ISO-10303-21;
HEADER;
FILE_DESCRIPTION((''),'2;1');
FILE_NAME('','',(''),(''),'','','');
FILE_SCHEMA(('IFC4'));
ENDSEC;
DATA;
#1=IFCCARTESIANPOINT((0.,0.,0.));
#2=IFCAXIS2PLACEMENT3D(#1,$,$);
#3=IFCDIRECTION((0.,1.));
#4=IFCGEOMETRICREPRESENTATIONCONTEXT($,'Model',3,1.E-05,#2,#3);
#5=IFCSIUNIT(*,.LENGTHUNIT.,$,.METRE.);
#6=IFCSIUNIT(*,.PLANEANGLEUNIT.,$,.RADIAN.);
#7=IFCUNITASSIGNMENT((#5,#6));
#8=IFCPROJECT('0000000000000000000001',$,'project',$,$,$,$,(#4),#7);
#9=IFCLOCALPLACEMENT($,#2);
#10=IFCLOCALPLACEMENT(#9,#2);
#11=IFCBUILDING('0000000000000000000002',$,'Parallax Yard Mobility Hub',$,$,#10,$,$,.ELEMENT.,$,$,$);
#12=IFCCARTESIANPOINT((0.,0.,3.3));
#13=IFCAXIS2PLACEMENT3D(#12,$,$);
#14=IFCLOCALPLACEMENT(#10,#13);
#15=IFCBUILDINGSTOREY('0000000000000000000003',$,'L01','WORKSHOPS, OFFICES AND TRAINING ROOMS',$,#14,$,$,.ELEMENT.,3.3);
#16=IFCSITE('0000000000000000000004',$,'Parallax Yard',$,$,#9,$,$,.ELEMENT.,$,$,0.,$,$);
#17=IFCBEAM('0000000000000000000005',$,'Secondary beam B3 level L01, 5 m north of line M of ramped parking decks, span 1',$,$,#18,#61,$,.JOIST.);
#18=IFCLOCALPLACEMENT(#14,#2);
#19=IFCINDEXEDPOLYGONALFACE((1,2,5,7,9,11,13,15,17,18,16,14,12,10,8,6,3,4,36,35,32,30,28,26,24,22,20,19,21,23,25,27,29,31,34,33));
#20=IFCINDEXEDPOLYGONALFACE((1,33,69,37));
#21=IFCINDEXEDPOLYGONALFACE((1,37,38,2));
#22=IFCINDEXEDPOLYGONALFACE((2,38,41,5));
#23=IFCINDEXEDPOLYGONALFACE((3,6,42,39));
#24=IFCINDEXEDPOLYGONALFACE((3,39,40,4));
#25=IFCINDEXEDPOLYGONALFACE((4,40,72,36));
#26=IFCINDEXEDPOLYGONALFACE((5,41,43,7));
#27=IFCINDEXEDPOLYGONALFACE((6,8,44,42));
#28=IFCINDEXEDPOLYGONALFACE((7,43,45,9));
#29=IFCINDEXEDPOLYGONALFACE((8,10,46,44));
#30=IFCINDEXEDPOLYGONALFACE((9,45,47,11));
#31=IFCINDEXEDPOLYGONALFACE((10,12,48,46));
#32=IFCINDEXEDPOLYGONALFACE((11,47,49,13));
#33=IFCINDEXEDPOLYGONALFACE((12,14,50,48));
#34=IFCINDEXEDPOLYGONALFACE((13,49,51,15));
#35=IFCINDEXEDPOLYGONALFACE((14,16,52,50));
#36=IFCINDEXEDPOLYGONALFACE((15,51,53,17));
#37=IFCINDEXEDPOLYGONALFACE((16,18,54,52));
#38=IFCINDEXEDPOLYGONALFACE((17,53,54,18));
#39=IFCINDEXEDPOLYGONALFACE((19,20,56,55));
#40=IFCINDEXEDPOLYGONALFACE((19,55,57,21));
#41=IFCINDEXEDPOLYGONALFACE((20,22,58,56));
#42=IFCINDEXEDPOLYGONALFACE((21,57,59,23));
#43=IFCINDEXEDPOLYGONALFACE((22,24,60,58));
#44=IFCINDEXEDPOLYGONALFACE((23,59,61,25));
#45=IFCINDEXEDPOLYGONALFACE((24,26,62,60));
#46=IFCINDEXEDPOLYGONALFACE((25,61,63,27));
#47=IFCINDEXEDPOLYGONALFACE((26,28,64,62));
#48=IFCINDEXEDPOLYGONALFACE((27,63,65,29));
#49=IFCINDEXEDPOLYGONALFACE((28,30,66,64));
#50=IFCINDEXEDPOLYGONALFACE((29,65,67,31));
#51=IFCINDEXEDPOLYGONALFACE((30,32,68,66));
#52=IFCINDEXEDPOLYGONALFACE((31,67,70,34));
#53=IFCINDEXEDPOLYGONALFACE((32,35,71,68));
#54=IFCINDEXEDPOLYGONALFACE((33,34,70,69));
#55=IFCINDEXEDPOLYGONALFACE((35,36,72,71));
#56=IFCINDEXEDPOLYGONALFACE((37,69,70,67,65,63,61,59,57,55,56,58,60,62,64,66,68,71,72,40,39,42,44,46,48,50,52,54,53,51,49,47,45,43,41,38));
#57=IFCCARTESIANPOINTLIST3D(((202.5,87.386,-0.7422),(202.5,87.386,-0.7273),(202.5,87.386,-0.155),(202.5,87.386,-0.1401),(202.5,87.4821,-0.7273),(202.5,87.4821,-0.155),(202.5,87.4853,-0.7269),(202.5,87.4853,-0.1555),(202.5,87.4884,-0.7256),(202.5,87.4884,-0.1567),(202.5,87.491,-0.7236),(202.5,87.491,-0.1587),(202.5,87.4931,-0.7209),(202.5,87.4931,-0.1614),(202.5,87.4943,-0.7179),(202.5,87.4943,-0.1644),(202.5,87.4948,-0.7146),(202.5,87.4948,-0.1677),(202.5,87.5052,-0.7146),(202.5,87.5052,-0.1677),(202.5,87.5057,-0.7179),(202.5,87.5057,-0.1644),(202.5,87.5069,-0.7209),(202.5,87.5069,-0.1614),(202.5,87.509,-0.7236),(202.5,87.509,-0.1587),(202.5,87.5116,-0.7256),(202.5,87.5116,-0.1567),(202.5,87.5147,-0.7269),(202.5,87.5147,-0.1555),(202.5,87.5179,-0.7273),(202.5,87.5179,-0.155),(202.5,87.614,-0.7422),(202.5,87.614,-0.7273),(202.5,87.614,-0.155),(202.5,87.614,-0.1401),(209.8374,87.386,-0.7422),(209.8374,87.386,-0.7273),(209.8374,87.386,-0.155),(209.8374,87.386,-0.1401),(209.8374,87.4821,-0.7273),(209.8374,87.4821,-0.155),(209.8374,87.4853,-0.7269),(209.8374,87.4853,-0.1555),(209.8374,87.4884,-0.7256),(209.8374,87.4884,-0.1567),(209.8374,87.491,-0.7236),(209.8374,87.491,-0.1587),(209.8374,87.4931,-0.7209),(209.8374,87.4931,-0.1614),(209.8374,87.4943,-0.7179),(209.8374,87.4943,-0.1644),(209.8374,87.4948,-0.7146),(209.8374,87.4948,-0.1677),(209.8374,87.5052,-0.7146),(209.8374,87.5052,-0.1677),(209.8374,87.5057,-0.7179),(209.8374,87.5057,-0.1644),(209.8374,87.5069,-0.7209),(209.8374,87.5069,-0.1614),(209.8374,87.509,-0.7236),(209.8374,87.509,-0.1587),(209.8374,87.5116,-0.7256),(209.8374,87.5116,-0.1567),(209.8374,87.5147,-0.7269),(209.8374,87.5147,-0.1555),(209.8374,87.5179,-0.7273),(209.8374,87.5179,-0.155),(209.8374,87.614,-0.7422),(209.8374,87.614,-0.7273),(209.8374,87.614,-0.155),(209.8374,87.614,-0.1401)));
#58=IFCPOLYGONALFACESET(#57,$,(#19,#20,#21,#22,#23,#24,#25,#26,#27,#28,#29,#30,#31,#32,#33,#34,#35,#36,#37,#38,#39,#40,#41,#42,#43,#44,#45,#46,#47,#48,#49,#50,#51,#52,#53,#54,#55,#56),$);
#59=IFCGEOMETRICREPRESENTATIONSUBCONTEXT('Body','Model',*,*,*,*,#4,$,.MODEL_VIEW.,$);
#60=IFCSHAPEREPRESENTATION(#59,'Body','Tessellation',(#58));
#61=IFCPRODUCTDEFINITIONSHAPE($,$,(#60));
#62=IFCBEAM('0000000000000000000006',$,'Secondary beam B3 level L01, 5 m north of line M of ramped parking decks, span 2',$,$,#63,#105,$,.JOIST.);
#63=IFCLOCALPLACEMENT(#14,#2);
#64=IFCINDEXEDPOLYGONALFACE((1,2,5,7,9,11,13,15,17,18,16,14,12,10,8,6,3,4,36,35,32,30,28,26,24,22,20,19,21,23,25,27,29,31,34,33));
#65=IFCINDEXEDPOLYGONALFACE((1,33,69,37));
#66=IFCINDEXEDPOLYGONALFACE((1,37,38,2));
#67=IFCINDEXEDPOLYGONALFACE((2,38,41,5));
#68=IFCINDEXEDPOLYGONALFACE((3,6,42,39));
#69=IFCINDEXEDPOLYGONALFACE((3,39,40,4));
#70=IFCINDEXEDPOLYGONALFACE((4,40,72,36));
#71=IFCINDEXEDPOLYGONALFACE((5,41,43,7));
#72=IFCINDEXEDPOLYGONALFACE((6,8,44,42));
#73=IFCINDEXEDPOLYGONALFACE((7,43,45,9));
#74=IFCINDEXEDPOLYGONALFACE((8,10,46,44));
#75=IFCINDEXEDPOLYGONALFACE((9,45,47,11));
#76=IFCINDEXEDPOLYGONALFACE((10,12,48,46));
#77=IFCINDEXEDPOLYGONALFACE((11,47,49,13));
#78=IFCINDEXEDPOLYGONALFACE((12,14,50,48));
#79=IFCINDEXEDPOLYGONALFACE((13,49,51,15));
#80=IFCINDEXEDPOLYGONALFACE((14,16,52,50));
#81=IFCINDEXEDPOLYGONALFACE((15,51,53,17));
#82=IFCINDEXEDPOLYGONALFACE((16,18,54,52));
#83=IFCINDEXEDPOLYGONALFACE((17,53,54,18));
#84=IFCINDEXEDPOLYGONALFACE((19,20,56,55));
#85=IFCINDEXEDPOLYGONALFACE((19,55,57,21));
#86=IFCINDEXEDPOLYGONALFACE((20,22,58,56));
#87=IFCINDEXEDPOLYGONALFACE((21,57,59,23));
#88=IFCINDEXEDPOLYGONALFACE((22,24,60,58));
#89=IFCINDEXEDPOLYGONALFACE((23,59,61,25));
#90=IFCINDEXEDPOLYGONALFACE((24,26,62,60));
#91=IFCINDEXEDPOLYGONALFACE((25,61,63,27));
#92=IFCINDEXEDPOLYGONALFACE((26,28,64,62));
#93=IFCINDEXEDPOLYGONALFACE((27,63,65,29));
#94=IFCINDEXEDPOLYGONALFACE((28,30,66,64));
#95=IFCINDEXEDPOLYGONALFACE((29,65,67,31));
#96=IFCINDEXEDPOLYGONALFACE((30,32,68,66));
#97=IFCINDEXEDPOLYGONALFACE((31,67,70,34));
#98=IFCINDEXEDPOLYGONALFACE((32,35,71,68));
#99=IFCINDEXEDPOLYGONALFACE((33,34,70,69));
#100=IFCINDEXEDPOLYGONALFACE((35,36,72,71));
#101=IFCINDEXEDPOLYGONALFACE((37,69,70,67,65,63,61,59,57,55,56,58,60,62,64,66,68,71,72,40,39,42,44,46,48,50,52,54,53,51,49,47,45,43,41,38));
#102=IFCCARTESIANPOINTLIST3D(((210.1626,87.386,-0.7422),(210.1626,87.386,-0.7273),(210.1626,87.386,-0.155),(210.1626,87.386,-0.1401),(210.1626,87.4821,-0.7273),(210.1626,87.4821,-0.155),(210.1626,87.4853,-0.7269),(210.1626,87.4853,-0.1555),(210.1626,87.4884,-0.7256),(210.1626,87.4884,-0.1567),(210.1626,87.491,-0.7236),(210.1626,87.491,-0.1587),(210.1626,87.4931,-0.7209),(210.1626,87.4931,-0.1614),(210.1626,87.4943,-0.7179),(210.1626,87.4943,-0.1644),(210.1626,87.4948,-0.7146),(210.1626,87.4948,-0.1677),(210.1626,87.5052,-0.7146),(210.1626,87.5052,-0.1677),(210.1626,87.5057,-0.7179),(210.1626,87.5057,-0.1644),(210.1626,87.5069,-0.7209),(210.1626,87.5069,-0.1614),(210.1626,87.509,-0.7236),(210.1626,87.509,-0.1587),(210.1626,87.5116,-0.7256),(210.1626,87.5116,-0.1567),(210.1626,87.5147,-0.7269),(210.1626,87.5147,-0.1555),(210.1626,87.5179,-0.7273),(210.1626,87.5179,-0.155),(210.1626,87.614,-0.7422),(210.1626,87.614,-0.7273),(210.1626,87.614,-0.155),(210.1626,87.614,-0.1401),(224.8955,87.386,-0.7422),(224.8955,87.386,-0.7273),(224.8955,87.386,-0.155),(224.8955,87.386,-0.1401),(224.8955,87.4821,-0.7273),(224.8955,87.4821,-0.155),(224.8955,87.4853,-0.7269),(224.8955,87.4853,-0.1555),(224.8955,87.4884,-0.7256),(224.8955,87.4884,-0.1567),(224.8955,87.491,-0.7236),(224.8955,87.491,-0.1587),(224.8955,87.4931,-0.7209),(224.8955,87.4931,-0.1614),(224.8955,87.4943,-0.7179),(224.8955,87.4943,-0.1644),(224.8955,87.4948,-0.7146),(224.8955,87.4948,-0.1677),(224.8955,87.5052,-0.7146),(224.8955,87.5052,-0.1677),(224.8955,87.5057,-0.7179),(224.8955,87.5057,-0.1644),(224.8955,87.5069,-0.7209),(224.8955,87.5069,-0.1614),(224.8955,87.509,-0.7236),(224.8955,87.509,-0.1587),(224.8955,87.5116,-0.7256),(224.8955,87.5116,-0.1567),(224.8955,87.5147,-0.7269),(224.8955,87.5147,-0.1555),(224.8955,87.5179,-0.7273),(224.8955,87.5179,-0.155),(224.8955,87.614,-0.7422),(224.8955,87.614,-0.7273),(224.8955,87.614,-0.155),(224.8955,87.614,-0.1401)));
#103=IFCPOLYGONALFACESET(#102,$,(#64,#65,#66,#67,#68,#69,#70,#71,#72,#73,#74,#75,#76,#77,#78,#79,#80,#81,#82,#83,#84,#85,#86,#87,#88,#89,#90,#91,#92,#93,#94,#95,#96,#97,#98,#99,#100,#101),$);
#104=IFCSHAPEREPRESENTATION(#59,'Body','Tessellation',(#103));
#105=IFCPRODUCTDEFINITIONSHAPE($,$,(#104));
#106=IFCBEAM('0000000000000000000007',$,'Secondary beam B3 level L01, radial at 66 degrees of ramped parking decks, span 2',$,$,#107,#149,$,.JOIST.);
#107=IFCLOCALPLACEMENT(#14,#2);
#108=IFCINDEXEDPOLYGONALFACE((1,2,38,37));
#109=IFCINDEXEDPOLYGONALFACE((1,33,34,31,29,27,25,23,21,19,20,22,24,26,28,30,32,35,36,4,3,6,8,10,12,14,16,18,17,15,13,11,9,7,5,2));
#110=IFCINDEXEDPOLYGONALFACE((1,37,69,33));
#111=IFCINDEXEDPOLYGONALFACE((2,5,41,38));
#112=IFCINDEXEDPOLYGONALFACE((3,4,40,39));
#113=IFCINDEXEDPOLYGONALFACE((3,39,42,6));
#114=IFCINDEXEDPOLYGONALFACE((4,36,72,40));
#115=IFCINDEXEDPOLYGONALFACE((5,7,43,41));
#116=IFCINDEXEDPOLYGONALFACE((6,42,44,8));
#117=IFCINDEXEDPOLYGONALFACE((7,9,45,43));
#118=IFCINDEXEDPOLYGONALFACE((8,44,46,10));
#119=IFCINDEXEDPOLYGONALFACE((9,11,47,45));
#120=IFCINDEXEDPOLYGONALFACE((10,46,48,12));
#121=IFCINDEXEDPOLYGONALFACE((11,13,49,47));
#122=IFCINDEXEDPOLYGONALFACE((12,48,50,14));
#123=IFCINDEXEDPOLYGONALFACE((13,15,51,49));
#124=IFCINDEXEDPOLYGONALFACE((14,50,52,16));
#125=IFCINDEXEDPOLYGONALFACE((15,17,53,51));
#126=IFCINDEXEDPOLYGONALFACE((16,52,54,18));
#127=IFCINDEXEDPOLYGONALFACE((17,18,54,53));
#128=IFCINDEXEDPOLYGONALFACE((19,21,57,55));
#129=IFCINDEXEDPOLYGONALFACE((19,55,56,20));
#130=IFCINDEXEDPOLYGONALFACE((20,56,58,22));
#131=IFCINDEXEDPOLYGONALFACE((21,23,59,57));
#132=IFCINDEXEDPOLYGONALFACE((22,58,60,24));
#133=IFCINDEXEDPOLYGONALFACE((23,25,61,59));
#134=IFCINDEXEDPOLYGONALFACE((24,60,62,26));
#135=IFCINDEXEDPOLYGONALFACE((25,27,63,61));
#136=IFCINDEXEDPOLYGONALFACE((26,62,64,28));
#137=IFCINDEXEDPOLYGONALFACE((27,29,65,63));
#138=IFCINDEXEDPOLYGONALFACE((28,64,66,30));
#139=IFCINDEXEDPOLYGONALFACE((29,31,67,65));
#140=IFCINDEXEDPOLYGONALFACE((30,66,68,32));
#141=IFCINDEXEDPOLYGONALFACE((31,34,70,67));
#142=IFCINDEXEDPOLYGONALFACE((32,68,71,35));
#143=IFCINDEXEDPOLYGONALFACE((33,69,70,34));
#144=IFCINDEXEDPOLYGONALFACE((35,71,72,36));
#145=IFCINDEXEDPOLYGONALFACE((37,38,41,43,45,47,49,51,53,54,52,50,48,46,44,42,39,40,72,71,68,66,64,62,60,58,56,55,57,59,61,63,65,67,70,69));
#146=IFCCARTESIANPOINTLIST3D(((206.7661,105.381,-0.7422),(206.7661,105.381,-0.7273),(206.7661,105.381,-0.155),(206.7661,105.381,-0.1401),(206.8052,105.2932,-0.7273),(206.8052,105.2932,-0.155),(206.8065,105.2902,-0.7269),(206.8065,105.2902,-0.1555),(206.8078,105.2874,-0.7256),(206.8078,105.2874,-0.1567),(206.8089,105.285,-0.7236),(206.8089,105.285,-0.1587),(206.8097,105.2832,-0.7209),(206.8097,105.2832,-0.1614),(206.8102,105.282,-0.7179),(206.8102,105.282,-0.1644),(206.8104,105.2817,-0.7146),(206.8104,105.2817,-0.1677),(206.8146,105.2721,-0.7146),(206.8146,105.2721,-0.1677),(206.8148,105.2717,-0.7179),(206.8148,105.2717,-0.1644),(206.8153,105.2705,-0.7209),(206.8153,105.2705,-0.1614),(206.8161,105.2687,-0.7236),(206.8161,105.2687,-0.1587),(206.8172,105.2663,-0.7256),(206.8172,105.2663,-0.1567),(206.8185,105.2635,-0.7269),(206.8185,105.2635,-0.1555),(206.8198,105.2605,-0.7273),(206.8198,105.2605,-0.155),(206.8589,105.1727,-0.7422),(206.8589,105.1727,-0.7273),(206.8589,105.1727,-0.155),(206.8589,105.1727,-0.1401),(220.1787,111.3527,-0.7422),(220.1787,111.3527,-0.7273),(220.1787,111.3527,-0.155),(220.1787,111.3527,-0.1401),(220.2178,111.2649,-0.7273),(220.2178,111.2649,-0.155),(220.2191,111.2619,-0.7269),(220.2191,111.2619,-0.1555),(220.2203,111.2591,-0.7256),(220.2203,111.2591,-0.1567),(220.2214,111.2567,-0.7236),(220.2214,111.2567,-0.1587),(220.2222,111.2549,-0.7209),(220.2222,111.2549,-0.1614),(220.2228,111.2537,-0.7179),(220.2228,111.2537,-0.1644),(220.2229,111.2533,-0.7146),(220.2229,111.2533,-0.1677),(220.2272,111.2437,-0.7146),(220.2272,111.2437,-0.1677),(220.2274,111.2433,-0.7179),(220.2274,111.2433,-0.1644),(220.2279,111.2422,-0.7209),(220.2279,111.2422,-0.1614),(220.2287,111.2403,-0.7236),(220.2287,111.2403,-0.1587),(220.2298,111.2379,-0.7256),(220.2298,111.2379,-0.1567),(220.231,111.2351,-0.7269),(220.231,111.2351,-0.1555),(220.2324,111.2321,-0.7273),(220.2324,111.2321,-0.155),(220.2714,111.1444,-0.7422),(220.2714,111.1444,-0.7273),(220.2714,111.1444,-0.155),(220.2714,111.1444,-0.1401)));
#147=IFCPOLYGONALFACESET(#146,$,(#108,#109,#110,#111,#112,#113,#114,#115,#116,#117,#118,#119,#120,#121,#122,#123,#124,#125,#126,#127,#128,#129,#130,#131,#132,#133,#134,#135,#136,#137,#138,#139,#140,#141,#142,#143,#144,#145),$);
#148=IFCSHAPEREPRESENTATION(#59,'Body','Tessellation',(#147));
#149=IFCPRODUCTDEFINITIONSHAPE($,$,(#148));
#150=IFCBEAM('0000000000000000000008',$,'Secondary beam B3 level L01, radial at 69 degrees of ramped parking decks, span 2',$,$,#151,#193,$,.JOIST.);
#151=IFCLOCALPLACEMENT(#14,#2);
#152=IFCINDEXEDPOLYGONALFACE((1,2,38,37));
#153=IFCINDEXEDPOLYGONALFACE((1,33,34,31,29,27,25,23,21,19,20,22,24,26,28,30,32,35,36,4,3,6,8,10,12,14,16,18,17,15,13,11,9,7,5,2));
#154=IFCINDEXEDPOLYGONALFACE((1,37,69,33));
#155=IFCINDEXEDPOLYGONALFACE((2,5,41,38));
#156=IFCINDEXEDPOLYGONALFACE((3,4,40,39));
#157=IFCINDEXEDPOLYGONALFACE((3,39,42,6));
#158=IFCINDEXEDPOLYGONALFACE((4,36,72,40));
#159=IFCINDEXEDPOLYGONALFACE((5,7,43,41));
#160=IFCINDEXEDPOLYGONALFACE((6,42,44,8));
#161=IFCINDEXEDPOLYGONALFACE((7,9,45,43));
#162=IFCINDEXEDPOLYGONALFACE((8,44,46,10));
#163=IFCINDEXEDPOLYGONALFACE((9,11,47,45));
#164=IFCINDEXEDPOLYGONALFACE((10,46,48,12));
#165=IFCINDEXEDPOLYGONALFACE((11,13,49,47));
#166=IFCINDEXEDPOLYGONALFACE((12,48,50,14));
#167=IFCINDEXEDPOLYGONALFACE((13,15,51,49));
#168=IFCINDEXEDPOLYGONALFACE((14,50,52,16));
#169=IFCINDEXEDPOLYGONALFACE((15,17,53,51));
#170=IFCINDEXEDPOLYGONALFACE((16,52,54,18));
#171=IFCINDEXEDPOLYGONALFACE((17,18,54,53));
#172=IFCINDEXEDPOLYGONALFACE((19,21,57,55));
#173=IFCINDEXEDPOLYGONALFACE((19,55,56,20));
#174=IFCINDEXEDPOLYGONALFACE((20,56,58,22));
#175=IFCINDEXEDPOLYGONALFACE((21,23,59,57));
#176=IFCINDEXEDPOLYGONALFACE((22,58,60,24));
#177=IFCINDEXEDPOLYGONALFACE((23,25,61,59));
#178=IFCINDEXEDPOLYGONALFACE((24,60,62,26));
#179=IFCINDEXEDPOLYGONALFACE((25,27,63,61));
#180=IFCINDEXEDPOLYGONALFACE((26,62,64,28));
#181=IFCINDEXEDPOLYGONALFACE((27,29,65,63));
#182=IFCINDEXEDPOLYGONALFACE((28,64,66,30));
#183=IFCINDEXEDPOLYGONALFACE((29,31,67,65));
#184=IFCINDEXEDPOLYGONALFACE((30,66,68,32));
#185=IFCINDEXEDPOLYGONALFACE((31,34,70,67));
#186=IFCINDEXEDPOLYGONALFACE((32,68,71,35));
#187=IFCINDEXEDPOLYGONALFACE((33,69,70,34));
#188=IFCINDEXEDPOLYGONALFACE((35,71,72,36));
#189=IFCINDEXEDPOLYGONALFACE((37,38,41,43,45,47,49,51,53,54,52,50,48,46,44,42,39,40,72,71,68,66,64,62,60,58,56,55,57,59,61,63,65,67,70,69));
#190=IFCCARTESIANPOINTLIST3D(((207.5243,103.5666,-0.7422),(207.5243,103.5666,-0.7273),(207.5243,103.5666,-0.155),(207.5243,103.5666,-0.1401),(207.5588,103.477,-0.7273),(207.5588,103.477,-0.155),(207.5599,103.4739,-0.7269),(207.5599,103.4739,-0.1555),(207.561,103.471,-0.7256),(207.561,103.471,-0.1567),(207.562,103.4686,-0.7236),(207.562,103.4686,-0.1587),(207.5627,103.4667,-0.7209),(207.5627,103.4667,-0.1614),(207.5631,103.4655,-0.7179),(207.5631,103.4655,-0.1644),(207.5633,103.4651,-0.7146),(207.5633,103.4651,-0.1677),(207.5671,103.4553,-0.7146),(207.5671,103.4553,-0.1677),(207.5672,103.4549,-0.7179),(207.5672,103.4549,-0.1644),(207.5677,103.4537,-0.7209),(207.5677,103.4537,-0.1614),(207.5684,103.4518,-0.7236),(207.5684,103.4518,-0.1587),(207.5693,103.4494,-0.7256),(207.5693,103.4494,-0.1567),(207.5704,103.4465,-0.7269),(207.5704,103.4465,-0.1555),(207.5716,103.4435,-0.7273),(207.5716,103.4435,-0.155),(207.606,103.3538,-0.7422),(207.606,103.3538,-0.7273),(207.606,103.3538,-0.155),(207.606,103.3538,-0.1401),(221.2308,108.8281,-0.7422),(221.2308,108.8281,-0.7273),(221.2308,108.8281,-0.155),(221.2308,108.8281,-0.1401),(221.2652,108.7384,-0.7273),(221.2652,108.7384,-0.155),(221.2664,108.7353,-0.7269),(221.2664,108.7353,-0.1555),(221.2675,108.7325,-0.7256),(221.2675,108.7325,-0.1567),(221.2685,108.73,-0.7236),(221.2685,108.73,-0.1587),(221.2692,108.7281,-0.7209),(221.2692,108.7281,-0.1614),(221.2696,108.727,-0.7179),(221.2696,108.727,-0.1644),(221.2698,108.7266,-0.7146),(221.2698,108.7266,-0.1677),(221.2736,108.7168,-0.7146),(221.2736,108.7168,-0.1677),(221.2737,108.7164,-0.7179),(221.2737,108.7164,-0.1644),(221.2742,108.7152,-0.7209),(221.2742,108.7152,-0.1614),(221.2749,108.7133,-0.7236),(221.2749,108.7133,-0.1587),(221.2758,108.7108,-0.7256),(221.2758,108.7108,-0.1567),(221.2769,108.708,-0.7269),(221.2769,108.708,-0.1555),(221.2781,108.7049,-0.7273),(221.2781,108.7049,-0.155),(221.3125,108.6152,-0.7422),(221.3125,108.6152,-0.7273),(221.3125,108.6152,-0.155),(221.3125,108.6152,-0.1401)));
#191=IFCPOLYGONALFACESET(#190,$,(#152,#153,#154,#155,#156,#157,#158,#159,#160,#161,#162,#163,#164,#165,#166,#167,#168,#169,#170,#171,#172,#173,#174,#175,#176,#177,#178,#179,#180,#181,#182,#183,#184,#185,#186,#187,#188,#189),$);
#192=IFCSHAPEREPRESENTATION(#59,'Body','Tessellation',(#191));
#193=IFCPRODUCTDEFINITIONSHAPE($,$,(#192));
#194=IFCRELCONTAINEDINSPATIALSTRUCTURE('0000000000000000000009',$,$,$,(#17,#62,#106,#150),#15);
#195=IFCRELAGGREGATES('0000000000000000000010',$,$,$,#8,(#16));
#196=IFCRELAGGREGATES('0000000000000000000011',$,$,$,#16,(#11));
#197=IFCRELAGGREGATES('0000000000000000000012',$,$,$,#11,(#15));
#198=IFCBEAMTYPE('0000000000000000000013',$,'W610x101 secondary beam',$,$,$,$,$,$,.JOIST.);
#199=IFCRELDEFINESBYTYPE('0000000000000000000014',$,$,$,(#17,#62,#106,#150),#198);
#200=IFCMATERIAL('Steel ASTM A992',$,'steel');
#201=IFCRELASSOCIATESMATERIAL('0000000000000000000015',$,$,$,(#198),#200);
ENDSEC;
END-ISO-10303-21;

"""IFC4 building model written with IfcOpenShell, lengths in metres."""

from ifc_helpers import new_model, si_unit, direction, frame, origin, origin_2d, place, context, subcontext, project, spatial, i_section, extrude, material, material_profile, profile_set, type_object, element, save


model = new_model("IFC4")

# Units and contexts
model_context = context("Model", 3, precision=1e-05, world=origin(), true_north=direction((0.0, 1.0)))
body_context = subcontext(model_context, "Body", "Model", "MODEL_VIEW")
ifc_project = project(units=[si_unit("LENGTHUNIT", "METRE"), si_unit("PLANEANGLEUNIT", "RADIAN")], contexts=[model_context])

# Site, building, storey
site_placement = place(None, origin())
site = spatial("IfcSite", under=ifc_project, at=site_placement, Name="Parallax Yard", CompositionType="ELEMENT", RefElevation=0.0)
building_placement = place(site_placement, origin())
building = spatial("IfcBuilding", under=site, at=building_placement, Name="Parallax Yard Mobility Hub", CompositionType="ELEMENT")
storey_placement = place(building_placement, frame((0.0, 0.0, 3.3)))
storey = spatial("IfcBuildingStorey", under=building, at=storey_placement, Name="L01", Description="WORKSHOPS, OFFICES AND TRAINING ROOMS", CompositionType="ELEMENT", Elevation=3.3)

# Shared definitions
ifc_material_1 = material(Name="Steel ASTM A992", Category="steel")

# Beams
ifc_material_profile_1 = material_profile(ifc_material_1, i_section(OverallWidth=0.228, OverallDepth=0.6021, WebThickness=0.0105, FlangeThickness=0.0149, FilletRadius=0.0127, at=origin_2d()), Name="W610x101")
ifc_profile_set_1 = profile_set([ifc_material_profile_1], Name="Steel ASTM A992")
beam_type_1 = type_object("IfcBeamType", Name="W610x101 secondary beam", PredefinedType="JOIST", material=ifc_profile_set_1)
beam_1_placement = place(storey_placement, frame((202.5, 87.5, -0.4412), z_axis=(1.0, 0.0, 0.0), x_axis=(0.0, 1.0, 0.0)))
element("IfcBeam", 1, at=beam_1_placement, inside=storey, type_object=beam_type_1, Name="Secondary beam B3 level L01, 5 m north of line M of ramped parking decks, span 1", PredefinedType="JOIST", context=body_context, shape_type="SweptSolid", body=[
    extrude(i_section(OverallWidth=0.228, OverallDepth=0.6021, WebThickness=0.0105, FlangeThickness=0.0149, FilletRadius=0.0127, at=origin_2d()), origin(), (0.0, 0.0, 1.0), 7.3374),
])
beam_2_placement = place(storey_placement, frame((210.1626, 87.5, -0.4412), z_axis=(1.0, 0.0, 0.0), x_axis=(0.0, 1.0, 0.0)))
element("IfcBeam", 2, at=beam_2_placement, inside=storey, type_object=beam_type_1, Name="Secondary beam B3 level L01, 5 m north of line M of ramped parking decks, span 2", PredefinedType="JOIST", context=body_context, shape_type="SweptSolid", body=[
    extrude(i_section(OverallWidth=0.228, OverallDepth=0.6021, WebThickness=0.0105, FlangeThickness=0.0149, FilletRadius=0.0127, at=origin_2d()), origin(), (0.0, 0.0, 1.0), 14.7329),
])
beam_3_placement = place(storey_placement, frame((206.8125, 105.2769, -0.4412), z_axis=(0.913545, 0.406737, 0.0), x_axis=(-0.406737, 0.913545, 0.0)))
element("IfcBeam", 3, at=beam_3_placement, inside=storey, type_object=beam_type_1, Name="Secondary beam B3 level L01, radial at 66 degrees of ramped parking decks, span 2", PredefinedType="JOIST", context=body_context, shape_type="SweptSolid", body=[
    extrude(i_section(OverallWidth=0.228, OverallDepth=0.6021, WebThickness=0.0105, FlangeThickness=0.0149, FilletRadius=0.0127, at=origin_2d()), origin(), (0.0, 0.0, 1.0), 14.6819),
])
beam_4_placement = place(storey_placement, frame((207.5652, 103.4602, -0.4412), z_axis=(0.93358, 0.358369, 0.0), x_axis=(-0.358369, 0.93358, 0.0)))
element("IfcBeam", 4, at=beam_4_placement, inside=storey, type_object=beam_type_1, Name="Secondary beam B3 level L01, radial at 69 degrees of ramped parking decks, span 2", PredefinedType="JOIST", context=body_context, shape_type="SweptSolid", body=[
    extrude(i_section(OverallWidth=0.228, OverallDepth=0.6021, WebThickness=0.0105, FlangeThickness=0.0149, FilletRadius=0.0127, at=origin_2d()), origin(), (0.0, 0.0, 1.0), 14.6816),
])

save(model, "model.ifc")
